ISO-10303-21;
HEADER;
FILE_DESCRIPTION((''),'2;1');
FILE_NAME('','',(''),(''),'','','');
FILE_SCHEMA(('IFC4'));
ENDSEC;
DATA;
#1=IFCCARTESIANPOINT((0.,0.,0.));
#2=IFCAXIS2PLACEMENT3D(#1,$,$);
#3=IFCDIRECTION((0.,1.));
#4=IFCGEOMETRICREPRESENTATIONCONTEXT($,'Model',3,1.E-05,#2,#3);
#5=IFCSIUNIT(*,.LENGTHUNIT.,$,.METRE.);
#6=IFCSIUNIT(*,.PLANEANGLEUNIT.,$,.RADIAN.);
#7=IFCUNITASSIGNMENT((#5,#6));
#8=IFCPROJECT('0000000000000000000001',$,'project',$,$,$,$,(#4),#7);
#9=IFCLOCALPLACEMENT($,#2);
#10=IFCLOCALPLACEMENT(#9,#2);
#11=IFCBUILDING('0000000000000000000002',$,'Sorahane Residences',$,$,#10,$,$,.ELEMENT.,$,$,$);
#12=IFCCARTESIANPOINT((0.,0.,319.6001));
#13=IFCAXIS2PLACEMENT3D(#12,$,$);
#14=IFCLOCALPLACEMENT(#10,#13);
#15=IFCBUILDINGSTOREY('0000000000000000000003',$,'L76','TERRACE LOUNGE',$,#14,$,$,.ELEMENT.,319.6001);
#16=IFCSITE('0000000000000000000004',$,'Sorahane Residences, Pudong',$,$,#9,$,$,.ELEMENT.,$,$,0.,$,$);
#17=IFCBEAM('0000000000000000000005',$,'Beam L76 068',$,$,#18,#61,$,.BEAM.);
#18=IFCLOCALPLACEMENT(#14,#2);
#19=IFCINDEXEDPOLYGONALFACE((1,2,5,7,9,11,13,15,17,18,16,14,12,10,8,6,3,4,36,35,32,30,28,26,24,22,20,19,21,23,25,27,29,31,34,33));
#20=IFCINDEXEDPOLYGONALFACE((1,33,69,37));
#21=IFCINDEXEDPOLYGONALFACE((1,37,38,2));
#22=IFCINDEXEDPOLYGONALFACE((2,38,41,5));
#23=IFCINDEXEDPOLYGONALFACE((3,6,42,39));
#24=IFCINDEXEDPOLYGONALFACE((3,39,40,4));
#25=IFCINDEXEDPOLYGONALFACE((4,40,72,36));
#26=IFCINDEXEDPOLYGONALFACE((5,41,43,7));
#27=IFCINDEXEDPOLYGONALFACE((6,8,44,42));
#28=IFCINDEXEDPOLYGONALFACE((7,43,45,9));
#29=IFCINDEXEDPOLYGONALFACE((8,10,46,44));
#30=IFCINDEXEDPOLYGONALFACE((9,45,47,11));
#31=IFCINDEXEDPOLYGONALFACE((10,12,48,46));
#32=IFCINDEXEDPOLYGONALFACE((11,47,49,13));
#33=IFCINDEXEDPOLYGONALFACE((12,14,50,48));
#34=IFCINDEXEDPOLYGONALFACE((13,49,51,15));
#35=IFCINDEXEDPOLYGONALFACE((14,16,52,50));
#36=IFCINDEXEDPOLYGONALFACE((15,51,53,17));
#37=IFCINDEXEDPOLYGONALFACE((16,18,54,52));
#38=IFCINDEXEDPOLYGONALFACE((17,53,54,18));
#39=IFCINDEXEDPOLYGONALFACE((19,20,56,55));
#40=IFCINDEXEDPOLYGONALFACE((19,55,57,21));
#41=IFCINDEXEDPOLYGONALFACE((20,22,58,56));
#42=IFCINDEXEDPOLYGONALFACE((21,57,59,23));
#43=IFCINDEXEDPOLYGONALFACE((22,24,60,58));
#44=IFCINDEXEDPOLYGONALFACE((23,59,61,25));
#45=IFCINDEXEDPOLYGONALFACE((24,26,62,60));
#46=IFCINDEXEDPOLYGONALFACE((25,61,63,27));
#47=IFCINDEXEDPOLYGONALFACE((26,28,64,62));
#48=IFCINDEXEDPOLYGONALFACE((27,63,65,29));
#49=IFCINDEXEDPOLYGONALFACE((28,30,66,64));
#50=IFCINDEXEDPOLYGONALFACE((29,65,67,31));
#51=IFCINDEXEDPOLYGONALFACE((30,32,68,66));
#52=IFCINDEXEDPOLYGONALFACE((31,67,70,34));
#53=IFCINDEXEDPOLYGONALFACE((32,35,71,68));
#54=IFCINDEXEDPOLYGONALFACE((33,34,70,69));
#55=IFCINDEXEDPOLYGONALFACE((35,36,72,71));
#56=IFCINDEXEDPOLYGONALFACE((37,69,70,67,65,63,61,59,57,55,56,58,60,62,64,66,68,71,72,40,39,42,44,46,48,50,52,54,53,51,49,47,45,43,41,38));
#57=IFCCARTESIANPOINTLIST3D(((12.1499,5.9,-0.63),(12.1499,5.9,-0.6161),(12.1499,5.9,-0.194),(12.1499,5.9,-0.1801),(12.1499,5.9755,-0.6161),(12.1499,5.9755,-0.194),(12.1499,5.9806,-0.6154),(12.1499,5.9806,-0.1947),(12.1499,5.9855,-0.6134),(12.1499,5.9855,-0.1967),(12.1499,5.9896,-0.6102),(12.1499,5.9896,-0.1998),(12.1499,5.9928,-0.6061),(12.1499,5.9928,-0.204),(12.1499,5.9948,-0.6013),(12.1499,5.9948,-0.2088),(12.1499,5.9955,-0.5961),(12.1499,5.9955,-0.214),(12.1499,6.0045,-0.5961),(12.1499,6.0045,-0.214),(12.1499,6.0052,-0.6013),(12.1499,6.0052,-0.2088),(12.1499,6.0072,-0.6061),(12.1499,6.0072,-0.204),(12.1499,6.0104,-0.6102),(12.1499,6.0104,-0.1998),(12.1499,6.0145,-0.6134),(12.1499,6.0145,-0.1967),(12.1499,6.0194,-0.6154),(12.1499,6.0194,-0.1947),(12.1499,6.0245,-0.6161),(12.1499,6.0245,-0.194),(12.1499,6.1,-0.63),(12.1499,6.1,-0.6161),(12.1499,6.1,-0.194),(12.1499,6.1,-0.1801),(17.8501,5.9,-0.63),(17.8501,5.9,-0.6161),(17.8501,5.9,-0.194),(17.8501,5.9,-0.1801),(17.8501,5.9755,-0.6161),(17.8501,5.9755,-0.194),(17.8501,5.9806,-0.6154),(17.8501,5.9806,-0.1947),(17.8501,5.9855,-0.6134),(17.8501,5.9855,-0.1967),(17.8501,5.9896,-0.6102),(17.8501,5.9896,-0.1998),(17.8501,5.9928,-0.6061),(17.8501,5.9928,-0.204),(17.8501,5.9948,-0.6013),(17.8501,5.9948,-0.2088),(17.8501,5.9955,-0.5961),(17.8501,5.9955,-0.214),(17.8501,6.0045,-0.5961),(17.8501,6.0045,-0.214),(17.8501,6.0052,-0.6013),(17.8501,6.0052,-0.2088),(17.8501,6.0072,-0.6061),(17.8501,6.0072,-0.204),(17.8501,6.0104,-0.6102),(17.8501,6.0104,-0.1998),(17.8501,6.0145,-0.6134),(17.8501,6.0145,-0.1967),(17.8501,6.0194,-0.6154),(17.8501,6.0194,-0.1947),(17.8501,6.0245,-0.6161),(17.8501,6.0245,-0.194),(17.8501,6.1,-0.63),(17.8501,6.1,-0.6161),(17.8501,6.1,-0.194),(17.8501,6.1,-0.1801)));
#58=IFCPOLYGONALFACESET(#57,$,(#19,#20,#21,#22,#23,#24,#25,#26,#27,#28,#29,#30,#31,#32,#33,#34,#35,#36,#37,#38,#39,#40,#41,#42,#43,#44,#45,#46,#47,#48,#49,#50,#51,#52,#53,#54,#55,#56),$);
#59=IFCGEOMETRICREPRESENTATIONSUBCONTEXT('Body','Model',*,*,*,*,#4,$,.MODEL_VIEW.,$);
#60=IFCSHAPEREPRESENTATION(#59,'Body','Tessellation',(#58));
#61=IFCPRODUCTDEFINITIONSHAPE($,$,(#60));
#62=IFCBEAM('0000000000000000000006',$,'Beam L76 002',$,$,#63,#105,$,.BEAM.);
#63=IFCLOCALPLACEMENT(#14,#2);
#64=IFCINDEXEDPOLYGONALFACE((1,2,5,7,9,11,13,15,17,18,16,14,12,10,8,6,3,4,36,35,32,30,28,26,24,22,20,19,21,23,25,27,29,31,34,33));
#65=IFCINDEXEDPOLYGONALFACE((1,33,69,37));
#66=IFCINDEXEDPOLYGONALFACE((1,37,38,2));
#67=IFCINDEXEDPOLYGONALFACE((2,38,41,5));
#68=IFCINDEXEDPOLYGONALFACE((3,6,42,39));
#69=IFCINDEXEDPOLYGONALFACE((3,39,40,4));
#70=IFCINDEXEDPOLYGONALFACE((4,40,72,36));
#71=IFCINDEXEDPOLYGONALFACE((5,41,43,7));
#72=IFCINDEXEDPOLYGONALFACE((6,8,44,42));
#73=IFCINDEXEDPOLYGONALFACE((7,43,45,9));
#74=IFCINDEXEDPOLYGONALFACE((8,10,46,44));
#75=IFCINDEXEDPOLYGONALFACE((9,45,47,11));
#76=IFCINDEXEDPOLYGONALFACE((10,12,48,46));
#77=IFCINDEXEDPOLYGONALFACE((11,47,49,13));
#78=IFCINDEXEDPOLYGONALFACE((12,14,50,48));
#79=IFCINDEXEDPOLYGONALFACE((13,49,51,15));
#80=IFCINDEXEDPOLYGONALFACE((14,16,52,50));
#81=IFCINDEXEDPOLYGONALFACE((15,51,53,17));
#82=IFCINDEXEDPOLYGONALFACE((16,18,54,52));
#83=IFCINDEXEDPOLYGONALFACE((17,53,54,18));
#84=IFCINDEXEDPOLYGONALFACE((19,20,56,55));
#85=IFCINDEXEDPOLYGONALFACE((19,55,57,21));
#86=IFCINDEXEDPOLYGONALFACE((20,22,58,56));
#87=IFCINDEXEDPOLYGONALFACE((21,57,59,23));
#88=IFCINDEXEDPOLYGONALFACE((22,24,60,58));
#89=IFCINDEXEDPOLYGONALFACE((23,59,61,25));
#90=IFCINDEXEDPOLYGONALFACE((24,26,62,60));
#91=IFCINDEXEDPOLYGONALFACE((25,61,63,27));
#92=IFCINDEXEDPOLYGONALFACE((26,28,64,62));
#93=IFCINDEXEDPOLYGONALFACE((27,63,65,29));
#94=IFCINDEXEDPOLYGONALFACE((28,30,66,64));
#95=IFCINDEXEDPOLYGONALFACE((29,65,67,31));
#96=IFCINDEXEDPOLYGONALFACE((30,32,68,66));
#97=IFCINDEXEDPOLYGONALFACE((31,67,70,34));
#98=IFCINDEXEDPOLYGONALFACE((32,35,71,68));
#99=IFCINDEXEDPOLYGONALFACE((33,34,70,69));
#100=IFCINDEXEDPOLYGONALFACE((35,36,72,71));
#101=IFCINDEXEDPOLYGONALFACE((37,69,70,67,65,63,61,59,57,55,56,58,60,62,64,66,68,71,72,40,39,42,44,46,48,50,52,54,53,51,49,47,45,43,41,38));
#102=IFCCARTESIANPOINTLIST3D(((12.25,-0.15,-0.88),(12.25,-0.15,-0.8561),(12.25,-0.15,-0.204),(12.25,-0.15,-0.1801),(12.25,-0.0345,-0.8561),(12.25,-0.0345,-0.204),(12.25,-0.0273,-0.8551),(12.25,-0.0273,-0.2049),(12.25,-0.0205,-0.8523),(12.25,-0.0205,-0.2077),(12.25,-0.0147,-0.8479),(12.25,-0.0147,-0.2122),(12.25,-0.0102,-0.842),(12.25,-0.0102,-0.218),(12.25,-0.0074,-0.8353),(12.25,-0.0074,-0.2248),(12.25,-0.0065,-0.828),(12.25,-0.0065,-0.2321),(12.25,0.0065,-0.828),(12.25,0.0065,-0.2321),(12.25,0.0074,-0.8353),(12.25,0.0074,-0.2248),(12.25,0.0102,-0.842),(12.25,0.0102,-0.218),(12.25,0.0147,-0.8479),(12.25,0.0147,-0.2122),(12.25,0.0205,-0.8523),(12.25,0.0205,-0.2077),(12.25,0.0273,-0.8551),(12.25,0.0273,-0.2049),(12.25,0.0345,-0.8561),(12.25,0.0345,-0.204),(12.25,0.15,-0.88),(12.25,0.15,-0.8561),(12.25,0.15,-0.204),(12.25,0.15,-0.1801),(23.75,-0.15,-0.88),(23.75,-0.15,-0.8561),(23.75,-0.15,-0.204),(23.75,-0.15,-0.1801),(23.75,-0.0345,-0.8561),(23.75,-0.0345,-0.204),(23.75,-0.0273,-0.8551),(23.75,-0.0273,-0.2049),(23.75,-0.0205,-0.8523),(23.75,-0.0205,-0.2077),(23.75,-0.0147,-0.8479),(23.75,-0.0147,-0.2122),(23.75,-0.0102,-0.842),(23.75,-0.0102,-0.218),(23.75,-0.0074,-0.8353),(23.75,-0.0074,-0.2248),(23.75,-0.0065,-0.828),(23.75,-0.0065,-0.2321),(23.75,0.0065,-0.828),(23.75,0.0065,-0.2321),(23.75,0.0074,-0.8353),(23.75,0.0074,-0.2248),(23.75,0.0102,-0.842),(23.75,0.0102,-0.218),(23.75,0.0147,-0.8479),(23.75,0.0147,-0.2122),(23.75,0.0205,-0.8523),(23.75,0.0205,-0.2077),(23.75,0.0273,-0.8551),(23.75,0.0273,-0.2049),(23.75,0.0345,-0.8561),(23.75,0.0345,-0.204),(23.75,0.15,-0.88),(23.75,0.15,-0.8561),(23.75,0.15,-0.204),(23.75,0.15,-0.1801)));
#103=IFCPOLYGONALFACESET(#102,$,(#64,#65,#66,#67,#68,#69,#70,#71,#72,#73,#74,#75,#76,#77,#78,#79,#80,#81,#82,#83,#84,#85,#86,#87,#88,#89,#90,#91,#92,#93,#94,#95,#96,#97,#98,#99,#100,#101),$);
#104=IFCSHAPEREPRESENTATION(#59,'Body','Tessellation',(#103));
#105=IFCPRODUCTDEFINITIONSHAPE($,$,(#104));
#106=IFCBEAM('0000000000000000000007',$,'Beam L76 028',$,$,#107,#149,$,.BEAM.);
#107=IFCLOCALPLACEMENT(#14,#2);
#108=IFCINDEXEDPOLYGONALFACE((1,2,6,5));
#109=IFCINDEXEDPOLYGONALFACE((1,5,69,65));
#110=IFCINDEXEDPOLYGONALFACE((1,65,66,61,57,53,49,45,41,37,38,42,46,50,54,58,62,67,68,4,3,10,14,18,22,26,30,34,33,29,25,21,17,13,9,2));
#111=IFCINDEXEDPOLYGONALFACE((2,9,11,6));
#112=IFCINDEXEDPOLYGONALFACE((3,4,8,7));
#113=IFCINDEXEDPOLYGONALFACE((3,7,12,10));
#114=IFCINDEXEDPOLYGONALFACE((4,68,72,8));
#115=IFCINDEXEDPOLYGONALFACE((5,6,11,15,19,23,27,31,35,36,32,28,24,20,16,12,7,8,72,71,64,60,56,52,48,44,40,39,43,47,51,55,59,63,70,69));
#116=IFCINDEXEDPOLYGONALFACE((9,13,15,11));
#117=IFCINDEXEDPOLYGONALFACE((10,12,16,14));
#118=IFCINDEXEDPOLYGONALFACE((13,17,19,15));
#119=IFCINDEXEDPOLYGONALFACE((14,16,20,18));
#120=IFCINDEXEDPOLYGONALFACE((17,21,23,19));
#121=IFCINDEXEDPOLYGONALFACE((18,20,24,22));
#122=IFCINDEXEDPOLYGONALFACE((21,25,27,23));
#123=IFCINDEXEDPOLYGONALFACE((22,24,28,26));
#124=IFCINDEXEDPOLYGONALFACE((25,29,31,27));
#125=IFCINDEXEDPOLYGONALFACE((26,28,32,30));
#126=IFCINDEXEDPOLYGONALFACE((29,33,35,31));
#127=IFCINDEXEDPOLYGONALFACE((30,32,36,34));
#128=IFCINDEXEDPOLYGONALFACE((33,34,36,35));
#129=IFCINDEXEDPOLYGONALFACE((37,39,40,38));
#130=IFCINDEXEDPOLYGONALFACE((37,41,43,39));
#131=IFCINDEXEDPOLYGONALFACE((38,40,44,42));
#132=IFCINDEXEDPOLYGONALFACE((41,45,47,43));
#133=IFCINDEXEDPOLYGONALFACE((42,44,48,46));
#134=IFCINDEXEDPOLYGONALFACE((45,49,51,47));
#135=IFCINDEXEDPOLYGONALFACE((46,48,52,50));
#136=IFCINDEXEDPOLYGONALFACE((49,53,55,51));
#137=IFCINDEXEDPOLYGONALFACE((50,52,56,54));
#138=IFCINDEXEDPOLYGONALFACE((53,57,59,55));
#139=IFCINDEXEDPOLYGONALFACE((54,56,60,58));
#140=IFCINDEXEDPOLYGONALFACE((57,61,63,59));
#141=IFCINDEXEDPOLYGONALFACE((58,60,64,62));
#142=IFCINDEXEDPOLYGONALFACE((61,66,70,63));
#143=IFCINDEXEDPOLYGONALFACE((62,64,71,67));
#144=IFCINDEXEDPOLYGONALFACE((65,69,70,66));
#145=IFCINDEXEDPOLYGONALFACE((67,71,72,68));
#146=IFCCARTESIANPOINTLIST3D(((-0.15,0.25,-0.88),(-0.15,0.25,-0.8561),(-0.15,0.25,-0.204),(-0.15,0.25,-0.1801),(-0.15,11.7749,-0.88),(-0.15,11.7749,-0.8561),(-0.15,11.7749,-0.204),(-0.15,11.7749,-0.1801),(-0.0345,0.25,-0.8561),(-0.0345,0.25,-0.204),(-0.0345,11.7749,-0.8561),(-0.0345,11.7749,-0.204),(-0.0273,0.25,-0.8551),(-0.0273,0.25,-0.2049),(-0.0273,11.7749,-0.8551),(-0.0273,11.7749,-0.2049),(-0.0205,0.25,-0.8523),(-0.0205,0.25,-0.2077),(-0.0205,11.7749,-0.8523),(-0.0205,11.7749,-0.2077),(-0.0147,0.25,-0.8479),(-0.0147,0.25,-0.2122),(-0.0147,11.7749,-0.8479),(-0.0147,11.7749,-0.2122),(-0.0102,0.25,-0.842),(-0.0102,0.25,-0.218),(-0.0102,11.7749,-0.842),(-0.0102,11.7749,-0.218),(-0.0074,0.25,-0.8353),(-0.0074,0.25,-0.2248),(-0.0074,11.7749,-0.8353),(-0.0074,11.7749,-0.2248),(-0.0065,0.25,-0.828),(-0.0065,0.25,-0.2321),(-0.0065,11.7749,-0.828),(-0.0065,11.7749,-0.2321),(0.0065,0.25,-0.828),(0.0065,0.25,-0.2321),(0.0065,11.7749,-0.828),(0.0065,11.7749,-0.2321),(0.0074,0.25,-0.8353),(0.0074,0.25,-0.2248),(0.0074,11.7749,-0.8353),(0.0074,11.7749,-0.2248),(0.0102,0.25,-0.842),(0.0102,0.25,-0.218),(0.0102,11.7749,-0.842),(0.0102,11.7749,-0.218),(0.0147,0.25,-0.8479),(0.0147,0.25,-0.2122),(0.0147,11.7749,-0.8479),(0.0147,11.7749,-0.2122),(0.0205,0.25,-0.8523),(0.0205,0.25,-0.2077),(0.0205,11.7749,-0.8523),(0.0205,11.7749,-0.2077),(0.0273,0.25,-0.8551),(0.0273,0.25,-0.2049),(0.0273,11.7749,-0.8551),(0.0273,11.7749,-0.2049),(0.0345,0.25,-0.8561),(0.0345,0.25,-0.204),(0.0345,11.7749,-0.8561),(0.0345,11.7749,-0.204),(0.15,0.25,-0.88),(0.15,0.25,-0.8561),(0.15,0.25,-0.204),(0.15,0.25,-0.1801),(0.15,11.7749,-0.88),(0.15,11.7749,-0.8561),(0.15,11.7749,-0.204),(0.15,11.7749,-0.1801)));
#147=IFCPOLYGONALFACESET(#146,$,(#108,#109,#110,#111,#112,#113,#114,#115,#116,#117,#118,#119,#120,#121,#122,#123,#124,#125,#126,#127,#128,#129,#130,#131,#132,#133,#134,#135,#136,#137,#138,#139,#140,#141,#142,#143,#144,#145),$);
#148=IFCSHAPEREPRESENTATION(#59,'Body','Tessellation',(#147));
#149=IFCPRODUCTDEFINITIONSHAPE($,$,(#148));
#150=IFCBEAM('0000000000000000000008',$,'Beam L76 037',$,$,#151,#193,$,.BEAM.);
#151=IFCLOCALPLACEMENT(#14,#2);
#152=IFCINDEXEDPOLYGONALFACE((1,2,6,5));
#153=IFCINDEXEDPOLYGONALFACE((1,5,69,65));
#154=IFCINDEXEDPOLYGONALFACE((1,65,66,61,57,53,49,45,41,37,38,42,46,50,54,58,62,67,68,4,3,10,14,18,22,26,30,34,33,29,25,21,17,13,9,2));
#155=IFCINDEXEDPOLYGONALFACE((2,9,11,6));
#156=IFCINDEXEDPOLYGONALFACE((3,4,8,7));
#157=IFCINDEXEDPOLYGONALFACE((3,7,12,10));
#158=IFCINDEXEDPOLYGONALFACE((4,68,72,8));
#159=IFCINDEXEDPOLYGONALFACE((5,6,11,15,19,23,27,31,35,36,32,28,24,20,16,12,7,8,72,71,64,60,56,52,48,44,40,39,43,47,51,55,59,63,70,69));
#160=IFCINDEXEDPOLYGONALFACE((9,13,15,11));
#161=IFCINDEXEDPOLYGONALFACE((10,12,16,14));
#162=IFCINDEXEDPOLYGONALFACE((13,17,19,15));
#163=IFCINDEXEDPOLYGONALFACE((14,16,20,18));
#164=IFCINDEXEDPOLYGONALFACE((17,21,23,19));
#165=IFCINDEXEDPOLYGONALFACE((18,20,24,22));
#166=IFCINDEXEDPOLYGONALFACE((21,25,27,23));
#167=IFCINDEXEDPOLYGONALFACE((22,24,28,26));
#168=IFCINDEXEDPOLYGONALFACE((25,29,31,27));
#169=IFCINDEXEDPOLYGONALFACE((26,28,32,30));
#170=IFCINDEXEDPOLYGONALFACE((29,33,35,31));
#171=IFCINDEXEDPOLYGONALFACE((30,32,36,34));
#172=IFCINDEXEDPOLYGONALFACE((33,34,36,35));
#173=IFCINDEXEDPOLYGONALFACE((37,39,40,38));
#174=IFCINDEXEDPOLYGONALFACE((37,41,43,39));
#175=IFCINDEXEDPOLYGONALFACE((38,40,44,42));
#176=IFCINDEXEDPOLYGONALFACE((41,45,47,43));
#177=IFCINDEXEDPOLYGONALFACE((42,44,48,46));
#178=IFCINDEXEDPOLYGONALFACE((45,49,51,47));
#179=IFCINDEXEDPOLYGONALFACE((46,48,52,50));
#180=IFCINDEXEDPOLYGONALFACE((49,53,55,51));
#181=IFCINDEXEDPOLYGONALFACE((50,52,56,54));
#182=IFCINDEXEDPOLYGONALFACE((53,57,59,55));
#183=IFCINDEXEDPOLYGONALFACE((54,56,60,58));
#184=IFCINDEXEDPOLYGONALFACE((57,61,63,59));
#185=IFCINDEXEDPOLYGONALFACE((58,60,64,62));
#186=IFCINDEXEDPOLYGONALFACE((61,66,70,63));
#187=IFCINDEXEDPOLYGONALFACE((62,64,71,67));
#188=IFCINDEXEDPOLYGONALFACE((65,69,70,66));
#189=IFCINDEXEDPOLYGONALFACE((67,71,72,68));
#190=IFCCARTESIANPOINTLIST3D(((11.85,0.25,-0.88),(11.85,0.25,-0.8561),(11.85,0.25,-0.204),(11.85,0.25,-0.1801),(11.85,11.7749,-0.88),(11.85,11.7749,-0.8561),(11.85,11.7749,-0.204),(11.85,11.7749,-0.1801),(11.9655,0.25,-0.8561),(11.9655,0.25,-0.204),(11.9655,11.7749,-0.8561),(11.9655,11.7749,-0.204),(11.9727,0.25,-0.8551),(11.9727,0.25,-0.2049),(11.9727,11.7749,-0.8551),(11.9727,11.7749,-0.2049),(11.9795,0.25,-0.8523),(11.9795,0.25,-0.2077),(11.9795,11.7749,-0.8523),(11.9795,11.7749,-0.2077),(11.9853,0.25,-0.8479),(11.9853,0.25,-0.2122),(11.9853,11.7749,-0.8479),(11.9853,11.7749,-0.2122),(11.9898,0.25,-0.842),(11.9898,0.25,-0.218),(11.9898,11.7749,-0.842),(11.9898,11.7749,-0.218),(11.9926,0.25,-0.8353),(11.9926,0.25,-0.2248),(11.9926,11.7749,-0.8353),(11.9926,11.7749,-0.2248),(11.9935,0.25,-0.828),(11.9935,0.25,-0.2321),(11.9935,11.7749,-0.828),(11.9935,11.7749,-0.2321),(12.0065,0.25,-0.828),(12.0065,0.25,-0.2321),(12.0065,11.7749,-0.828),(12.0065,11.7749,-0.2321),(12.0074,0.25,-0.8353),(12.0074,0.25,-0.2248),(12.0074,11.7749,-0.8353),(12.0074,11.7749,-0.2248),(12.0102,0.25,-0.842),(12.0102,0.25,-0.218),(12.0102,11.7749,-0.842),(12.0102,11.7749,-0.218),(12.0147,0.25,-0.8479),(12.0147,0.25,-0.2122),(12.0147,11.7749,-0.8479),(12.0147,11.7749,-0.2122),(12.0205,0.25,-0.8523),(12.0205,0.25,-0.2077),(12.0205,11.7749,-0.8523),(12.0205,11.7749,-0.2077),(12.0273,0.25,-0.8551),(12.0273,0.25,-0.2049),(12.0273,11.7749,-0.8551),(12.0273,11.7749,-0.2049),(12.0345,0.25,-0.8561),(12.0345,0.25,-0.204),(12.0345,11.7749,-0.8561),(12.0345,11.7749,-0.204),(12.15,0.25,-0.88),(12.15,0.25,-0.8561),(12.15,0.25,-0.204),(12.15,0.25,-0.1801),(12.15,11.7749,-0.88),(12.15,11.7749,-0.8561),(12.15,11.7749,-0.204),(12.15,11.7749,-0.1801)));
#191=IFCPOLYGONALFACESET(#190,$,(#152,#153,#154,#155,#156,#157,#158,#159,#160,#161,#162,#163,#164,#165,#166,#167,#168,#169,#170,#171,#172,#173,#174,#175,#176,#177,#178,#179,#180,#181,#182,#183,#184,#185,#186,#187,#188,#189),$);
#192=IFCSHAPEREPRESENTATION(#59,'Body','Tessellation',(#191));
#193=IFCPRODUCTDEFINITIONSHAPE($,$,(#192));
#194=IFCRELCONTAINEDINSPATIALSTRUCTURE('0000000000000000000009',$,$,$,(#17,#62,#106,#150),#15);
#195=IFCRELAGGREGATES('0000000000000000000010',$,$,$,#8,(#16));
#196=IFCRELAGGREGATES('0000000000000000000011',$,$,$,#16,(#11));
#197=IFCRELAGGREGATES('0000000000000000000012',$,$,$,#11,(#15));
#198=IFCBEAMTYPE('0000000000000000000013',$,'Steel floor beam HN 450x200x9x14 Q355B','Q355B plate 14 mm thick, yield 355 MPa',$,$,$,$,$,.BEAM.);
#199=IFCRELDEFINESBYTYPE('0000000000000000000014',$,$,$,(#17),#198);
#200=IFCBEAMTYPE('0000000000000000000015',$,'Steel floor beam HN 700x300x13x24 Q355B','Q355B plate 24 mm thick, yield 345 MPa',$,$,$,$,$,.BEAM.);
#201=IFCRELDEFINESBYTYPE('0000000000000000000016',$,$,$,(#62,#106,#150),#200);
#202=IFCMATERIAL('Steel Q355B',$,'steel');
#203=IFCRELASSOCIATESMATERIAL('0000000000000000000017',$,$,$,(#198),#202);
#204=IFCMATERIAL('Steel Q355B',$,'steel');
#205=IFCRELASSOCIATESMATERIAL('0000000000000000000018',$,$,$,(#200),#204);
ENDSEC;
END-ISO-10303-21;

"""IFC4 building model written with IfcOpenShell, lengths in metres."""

from ifc_helpers import new_model, si_unit, direction, frame, origin, origin_2d, place, context, subcontext, project, spatial, i_section, extrude, material, material_profile, profile_set, type_object, element, save


model = new_model("IFC4")

# Units and contexts
model_context = context("Model", 3, precision=1e-05, world=origin(), true_north=direction((0.0, 1.0)))
body_context = subcontext(model_context, "Body", "Model", "MODEL_VIEW")
ifc_project = project(units=[si_unit("LENGTHUNIT", "METRE"), si_unit("PLANEANGLEUNIT", "RADIAN")], contexts=[model_context])

# Site, building, storey
site_placement = place(None, origin())
site = spatial("IfcSite", under=ifc_project, at=site_placement, Name="Sorahane Residences, Pudong", CompositionType="ELEMENT", RefElevation=0.0)
building_placement = place(site_placement, origin())
building = spatial("IfcBuilding", under=site, at=building_placement, Name="Sorahane Residences", CompositionType="ELEMENT")
storey_placement = place(building_placement, frame((0.0, 0.0, 319.6001)))
storey = spatial("IfcBuildingStorey", under=building, at=storey_placement, Name="L76", Description="TERRACE LOUNGE", CompositionType="ELEMENT", Elevation=319.6001)

# Beams
ifc_material_1 = material(Name="Steel Q355B", Category="steel")
ifc_material_profile_1 = material_profile(ifc_material_1, i_section(OverallWidth=0.2, OverallDepth=0.45, WebThickness=0.009, FlangeThickness=0.0139, FilletRadius=0.02, at=origin_2d()), Name="HN 450x200x9x14")
ifc_profile_set_1 = profile_set([ifc_material_profile_1], Name="Steel Q355B")
beam_type_1 = type_object("IfcBeamType", Name="Steel floor beam HN 450x200x9x14 Q355B", Description="Q355B plate 14 mm thick, yield 355 MPa", PredefinedType="BEAM", material=ifc_profile_set_1)
beam_1_placement = place(storey_placement, frame((12.1499, 6.0, -0.405), z_axis=(1.0, 0.0, 0.0), x_axis=(0.0, 1.0, 0.0)))
element("IfcBeam", 1, at=beam_1_placement, inside=storey, type_object=beam_type_1, Name="Beam L76 068", PredefinedType="BEAM", context=body_context, shape_type="SweptSolid", body=[
    extrude(i_section(OverallWidth=0.2, OverallDepth=0.45, WebThickness=0.009, FlangeThickness=0.0139, FilletRadius=0.02, at=origin_2d()), origin(), (0.0, 0.0, 1.0), 5.7002),
])
ifc_material_2 = material(Name="Steel Q355B", Category="steel")
ifc_material_profile_2 = material_profile(ifc_material_2, i_section(OverallWidth=0.3, OverallDepth=0.7, WebThickness=0.0129, FlangeThickness=0.0239, FilletRadius=0.0281, at=origin_2d()), Name="HN 700x300x13x24")
ifc_profile_set_2 = profile_set([ifc_material_profile_2], Name="Steel Q355B")
beam_type_2 = type_object("IfcBeamType", Name="Steel floor beam HN 700x300x13x24 Q355B", Description="Q355B plate 24 mm thick, yield 345 MPa", PredefinedType="BEAM", material=ifc_profile_set_2)
beam_2_placement = place(storey_placement, frame((12.25, 0.0, -0.53), z_axis=(1.0, 0.0, 0.0), x_axis=(0.0, 1.0, 0.0)))
element("IfcBeam", 2, at=beam_2_placement, inside=storey, type_object=beam_type_2, Name="Beam L76 002", PredefinedType="BEAM", context=body_context, shape_type="SweptSolid", body=[
    extrude(i_section(OverallWidth=0.3, OverallDepth=0.7, WebThickness=0.0129, FlangeThickness=0.0239, FilletRadius=0.0281, at=origin_2d()), origin(), (0.0, 0.0, 1.0), 11.5),
])
for number, where, z_axis, x_axis, name in (
    (3, (0.0, 0.25, -0.53), (0.0, 1.0, 0.0), (-1.0, 0.0, 0.0), "Beam L76 028"),
    (4, (12.0, 0.25, -0.53), (0.0, 1.0, 0.0), (-1.0, 0.0, 0.0), "Beam L76 037"),
):
    element("IfcBeam", number, at=place(storey_placement, frame(where, z_axis=z_axis, x_axis=x_axis)), inside=storey, type_object=beam_type_2, Name=name, PredefinedType="BEAM", context=body_context, shape_type="SweptSolid", body=[
        extrude(i_section(OverallWidth=0.3, OverallDepth=0.7, WebThickness=0.0129, FlangeThickness=0.0239, FilletRadius=0.0281, at=origin_2d()), origin(), (0.0, 0.0, 1.0), 11.5249),
    ])

save(model, "model.ifc")
